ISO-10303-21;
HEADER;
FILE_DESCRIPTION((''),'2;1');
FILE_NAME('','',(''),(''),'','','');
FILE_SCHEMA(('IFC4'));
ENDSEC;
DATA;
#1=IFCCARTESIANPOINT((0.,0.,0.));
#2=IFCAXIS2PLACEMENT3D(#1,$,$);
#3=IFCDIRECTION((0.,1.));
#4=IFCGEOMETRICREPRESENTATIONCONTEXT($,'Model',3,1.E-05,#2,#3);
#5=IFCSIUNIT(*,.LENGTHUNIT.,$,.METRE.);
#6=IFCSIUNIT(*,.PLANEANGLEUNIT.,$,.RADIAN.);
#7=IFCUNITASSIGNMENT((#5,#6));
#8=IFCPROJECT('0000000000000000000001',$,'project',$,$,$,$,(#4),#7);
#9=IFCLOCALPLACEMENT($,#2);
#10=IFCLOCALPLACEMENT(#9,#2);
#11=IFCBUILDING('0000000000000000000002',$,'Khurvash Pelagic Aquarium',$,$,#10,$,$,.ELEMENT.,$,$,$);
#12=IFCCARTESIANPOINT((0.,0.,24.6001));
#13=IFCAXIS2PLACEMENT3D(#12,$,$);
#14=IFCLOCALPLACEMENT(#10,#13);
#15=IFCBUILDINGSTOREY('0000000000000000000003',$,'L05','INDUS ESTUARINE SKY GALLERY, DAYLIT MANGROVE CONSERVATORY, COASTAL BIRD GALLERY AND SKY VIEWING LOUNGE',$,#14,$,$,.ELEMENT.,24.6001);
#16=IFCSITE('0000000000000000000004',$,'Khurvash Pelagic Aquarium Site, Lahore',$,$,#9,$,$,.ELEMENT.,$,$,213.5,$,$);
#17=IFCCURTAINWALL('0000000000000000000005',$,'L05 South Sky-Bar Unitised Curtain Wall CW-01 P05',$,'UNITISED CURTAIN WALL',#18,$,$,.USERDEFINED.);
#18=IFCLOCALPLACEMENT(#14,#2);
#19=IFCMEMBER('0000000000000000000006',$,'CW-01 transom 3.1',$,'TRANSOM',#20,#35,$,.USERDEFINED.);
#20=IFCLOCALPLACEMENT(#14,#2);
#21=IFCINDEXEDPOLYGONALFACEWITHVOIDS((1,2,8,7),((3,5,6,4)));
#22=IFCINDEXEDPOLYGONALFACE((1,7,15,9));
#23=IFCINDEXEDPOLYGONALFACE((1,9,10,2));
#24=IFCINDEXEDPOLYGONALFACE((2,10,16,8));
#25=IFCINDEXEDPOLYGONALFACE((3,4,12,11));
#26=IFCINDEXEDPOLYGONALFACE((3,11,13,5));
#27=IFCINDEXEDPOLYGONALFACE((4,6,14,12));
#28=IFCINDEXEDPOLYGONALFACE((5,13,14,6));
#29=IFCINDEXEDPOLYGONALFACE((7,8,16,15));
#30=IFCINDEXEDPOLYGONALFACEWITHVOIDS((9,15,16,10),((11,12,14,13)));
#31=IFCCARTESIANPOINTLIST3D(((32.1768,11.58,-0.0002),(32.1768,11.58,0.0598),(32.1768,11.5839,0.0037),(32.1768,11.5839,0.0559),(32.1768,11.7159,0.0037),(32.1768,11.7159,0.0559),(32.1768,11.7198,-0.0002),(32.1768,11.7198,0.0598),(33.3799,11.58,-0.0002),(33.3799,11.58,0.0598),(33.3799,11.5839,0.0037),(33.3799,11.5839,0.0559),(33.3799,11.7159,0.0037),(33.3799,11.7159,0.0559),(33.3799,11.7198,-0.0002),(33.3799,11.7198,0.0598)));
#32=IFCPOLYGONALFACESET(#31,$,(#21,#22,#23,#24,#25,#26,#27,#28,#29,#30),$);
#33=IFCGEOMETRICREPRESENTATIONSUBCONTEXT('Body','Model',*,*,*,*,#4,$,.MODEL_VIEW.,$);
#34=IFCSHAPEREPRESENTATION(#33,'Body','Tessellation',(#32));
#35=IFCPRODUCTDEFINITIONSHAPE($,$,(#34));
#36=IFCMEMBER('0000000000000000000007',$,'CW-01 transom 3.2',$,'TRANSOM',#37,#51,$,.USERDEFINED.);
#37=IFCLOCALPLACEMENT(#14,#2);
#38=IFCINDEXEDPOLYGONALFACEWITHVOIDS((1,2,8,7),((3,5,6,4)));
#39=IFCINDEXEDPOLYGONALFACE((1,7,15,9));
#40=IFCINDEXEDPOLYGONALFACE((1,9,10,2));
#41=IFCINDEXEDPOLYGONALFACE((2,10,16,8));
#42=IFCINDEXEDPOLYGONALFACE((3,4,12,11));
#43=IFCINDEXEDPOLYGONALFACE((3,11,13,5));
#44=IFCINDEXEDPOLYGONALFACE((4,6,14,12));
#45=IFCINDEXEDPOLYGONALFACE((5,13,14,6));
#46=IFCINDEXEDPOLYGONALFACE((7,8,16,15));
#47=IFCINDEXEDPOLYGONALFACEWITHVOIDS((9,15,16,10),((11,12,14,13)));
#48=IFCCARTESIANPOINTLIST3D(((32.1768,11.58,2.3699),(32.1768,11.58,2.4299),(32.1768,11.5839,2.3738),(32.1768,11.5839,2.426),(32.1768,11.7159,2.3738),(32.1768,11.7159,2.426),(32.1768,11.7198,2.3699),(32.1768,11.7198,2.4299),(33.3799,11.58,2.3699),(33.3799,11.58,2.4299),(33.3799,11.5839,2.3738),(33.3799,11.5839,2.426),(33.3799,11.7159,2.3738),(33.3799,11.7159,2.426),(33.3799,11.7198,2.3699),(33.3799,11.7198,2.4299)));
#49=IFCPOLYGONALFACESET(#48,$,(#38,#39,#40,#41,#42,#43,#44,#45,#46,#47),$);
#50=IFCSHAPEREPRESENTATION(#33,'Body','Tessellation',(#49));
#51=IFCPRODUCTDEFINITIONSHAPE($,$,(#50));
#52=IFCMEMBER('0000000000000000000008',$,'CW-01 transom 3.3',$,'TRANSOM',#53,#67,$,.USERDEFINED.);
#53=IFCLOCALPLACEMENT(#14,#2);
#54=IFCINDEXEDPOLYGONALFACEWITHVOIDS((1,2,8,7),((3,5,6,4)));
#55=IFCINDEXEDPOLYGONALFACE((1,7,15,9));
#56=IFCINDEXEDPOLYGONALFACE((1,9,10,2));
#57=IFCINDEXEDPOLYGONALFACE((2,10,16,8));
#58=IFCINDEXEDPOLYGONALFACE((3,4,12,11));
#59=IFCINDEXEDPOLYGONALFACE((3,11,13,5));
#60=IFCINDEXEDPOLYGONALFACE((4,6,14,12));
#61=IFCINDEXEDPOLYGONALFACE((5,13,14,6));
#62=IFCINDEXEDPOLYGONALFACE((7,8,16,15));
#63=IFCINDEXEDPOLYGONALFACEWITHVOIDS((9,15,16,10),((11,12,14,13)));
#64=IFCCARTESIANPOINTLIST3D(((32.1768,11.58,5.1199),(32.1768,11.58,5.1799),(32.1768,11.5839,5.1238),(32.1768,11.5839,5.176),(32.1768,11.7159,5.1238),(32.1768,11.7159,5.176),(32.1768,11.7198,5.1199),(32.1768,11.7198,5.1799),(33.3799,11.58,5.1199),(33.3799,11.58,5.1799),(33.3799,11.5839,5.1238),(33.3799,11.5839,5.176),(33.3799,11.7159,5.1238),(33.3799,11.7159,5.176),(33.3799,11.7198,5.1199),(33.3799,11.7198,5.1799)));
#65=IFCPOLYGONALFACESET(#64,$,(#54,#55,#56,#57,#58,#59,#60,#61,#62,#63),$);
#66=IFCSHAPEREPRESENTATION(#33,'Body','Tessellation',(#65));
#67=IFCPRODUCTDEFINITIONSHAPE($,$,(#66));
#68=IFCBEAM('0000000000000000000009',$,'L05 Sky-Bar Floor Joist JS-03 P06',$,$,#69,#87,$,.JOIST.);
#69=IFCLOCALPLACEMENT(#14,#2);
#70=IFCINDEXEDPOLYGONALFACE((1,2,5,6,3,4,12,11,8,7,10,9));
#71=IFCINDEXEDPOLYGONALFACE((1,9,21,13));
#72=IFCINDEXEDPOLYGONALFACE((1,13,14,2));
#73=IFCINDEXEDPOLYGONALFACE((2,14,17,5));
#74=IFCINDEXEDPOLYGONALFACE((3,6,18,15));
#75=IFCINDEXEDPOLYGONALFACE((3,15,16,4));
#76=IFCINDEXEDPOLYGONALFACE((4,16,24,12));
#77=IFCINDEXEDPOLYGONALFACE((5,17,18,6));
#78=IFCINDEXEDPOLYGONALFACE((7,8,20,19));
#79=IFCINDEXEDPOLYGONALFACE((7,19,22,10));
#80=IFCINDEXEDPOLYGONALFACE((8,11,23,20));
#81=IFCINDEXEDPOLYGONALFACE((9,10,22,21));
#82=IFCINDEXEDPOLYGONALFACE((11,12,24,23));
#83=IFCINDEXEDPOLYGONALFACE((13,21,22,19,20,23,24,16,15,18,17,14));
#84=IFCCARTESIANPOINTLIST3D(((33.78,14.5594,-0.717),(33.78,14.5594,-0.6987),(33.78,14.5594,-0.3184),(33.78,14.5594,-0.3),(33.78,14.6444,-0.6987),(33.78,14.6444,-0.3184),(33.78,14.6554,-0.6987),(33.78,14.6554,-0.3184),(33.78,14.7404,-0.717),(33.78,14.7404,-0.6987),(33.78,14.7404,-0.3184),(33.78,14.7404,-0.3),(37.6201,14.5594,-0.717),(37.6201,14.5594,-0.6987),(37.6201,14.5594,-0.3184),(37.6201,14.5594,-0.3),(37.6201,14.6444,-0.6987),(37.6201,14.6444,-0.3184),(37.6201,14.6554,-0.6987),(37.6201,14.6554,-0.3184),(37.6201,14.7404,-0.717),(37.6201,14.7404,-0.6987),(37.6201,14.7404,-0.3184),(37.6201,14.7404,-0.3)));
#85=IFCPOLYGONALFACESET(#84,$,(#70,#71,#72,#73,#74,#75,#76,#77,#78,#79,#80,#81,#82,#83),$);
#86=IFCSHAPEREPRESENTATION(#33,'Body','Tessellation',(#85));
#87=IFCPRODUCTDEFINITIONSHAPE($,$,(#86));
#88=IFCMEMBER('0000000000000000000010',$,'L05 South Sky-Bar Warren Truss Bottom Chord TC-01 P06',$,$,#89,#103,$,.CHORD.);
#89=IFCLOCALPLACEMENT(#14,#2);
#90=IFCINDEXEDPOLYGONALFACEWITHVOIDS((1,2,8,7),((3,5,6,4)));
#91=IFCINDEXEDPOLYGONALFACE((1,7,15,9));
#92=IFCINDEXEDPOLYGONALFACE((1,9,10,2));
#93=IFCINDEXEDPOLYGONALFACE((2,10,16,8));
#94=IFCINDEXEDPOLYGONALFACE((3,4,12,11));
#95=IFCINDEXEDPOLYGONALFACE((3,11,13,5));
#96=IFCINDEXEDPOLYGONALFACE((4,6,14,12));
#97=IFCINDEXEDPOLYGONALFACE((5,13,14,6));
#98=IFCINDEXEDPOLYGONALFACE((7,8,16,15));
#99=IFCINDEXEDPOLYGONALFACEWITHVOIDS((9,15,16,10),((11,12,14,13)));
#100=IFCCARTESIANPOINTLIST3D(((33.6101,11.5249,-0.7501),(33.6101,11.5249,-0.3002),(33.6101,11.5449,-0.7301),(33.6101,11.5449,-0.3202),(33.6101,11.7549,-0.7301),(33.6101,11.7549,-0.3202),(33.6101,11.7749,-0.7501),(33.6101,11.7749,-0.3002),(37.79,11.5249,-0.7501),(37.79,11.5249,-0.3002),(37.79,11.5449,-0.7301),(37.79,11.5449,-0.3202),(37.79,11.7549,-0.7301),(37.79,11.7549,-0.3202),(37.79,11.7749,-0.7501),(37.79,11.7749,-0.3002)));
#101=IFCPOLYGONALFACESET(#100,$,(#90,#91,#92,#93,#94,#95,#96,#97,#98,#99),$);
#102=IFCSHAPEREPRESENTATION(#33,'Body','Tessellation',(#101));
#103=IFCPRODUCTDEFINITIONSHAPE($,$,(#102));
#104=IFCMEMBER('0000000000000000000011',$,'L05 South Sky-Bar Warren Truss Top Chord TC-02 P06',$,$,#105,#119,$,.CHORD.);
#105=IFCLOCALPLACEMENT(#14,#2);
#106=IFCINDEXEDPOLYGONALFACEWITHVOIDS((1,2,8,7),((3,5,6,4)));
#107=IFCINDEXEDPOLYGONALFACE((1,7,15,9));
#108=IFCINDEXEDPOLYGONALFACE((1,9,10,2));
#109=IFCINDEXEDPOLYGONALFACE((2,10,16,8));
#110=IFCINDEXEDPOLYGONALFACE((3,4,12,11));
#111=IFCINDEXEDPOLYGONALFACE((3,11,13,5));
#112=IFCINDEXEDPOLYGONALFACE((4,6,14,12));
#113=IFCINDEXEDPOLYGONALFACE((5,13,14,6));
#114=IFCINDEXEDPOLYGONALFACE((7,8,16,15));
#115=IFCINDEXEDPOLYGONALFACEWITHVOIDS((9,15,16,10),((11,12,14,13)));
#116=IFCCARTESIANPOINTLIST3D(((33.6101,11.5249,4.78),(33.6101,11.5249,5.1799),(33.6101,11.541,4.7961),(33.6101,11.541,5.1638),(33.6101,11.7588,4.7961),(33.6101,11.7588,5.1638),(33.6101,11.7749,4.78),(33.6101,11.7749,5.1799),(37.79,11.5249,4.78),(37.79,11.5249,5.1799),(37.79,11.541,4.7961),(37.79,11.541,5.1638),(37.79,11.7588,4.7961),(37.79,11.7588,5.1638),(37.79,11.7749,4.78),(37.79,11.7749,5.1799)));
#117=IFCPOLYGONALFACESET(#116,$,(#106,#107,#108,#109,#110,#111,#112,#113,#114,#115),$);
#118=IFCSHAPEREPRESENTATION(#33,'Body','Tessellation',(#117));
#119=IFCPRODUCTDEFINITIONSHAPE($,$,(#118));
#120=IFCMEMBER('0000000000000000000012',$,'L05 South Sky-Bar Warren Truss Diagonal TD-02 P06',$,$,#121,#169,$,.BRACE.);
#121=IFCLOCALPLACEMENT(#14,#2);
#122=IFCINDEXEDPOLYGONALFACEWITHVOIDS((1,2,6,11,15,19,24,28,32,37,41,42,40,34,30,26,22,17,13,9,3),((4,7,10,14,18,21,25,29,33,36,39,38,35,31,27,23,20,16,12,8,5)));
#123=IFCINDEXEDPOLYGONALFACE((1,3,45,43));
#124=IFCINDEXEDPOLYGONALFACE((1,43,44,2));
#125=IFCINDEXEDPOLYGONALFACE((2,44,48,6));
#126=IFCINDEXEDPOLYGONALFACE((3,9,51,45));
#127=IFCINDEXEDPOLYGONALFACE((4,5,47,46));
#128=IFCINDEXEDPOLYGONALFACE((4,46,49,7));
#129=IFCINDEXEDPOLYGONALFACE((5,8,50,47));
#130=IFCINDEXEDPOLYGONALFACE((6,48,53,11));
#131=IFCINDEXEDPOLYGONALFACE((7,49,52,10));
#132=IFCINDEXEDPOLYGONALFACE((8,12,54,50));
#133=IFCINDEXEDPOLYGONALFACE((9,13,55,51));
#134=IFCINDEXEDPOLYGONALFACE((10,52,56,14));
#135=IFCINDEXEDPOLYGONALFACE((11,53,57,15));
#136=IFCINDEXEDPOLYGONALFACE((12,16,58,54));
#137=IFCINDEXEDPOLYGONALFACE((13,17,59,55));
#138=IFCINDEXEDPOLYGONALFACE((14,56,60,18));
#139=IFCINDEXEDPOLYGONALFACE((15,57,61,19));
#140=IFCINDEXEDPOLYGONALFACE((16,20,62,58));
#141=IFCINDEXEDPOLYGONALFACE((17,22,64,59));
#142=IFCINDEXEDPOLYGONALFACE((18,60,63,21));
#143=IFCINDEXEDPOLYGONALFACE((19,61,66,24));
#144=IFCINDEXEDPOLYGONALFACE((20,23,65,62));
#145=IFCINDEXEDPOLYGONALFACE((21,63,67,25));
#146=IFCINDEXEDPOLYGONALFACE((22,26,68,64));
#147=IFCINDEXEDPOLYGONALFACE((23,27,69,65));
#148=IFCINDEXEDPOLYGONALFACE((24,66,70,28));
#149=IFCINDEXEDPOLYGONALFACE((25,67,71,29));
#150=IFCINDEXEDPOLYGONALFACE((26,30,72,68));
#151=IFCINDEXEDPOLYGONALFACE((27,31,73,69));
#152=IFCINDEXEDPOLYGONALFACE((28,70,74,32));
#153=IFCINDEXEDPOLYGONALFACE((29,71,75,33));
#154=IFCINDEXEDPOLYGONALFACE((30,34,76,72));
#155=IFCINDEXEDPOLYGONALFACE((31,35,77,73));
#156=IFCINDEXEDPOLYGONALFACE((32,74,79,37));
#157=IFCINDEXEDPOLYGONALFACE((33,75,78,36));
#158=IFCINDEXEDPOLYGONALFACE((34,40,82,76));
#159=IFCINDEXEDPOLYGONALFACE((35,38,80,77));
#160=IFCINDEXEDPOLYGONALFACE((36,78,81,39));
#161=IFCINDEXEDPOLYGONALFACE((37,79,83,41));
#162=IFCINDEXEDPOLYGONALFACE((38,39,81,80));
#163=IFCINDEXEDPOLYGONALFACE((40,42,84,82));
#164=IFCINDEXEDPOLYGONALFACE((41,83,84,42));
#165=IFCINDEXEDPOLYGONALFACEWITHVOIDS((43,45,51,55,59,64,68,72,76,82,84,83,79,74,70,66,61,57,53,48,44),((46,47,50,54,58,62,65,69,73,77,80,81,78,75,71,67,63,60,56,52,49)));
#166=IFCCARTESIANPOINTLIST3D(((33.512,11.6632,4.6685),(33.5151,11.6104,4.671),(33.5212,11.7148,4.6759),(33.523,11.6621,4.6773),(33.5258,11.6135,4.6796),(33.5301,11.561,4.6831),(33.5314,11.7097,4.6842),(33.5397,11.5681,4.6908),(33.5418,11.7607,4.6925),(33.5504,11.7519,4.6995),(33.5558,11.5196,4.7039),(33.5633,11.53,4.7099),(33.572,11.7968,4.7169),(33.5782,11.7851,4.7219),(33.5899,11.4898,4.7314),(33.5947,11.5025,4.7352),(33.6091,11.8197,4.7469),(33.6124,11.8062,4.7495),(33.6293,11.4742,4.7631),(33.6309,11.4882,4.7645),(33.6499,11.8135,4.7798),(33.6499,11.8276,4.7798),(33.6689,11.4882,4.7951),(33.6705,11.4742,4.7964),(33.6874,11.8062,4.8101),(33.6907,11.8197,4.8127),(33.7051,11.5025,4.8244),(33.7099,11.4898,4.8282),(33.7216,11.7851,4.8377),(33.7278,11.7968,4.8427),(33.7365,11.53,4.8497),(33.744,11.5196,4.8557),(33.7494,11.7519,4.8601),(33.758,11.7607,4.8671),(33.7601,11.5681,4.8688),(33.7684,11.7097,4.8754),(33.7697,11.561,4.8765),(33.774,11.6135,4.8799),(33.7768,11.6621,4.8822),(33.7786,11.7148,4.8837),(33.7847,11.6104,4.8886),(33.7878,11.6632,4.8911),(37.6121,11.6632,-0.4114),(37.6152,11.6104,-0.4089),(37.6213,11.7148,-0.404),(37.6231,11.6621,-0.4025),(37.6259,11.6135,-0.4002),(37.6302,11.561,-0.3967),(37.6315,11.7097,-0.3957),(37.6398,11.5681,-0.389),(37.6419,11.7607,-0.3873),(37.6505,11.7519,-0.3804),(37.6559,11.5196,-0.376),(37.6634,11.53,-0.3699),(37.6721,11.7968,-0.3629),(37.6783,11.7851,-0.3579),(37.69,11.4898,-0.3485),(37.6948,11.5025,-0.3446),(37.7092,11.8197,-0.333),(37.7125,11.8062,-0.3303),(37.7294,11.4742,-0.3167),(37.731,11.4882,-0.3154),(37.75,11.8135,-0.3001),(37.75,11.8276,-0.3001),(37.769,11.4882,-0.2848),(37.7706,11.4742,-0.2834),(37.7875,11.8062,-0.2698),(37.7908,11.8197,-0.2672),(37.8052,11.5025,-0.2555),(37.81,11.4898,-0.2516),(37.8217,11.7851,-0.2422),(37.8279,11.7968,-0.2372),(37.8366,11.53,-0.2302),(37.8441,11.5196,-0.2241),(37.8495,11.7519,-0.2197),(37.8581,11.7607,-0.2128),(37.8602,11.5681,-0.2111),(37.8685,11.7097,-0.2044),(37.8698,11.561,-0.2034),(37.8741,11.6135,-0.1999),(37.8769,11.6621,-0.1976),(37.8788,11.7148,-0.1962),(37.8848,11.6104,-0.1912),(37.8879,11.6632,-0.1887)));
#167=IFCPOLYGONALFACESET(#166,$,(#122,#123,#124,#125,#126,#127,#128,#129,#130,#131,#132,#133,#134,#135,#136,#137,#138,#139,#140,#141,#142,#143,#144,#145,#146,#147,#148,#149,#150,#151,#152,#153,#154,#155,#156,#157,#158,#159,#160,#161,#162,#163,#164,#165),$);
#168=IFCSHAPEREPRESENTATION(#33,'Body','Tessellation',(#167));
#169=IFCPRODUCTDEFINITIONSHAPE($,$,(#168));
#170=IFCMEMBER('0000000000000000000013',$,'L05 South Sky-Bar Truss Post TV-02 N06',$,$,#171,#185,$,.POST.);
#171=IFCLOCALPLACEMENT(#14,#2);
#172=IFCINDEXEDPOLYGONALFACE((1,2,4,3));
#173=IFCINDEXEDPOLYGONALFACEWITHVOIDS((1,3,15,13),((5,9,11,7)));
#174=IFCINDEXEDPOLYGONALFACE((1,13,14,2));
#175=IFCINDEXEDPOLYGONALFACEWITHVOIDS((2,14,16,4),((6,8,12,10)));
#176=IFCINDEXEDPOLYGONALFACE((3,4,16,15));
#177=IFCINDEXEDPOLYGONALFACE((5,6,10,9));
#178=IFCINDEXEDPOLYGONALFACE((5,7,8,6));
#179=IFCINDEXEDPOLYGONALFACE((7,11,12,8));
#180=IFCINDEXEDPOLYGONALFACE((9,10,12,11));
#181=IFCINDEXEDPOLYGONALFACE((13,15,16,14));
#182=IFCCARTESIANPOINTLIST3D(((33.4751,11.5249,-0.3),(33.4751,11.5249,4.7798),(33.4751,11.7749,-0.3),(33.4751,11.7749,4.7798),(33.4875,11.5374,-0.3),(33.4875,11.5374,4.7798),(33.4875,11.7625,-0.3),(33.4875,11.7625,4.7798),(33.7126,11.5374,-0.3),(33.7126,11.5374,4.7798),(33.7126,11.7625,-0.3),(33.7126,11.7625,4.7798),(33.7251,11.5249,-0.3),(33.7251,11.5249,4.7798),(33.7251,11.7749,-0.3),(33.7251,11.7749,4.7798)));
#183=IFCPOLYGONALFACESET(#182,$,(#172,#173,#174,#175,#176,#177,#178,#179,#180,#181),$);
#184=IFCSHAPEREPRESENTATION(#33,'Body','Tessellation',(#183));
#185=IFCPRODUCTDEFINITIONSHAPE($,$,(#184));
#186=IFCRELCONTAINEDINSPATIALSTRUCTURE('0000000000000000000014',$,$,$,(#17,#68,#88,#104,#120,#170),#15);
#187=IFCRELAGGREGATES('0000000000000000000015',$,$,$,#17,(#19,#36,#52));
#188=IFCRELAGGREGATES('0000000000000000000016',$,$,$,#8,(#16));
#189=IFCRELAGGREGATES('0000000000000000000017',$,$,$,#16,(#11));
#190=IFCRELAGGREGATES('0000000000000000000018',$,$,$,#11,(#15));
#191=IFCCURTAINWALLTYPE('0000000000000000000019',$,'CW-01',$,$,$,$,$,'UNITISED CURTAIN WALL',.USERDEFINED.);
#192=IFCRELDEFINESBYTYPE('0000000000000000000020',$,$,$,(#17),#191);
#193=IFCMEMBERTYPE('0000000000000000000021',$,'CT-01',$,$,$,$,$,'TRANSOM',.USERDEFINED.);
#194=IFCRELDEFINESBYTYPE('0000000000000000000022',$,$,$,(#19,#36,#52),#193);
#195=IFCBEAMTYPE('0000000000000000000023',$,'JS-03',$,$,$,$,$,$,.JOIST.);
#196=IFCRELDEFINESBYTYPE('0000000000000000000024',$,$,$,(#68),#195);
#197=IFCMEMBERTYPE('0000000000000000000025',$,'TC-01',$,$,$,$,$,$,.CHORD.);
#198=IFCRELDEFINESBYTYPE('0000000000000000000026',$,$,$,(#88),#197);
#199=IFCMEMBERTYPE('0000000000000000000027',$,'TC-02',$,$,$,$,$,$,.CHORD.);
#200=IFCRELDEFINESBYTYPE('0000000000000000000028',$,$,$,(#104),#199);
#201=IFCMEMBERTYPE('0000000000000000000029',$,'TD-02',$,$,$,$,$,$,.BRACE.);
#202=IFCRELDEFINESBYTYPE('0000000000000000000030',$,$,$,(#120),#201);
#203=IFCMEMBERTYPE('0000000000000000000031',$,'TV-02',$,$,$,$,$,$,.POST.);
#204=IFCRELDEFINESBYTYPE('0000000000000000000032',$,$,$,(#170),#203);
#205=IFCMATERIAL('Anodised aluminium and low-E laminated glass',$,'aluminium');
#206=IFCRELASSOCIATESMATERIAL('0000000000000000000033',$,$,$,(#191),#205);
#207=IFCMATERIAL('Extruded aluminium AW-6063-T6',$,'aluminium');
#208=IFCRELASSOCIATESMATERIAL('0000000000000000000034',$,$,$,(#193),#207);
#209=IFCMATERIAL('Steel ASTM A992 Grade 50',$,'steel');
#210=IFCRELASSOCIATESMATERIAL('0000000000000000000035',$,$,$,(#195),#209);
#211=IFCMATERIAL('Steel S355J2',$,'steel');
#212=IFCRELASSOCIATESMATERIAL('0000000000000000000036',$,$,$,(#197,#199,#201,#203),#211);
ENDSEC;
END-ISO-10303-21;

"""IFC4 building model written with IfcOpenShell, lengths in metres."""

from ifc_helpers import new_model, si_unit, direction, frame, origin, origin_2d, place, context, subcontext, project, spatial, hollow_rectangle, hollow_circle, i_section, extrude, material, material_profile, profile_set, type_object, element, aggregate, save


model = new_model("IFC4")

# Units and contexts
model_context = context("Model", 3, precision=1e-05, world=origin(), true_north=direction((0.0, 1.0)))
body_context = subcontext(model_context, "Body", "Model", "MODEL_VIEW")
ifc_project = project(units=[si_unit("LENGTHUNIT", "METRE"), si_unit("PLANEANGLEUNIT", "RADIAN")], contexts=[model_context])

# Site, building, storey
site_placement = place(None, origin())
site = spatial("IfcSite", under=ifc_project, at=site_placement, Name="Khurvash Pelagic Aquarium Site, Lahore", CompositionType="ELEMENT", RefElevation=213.5)
building_placement = place(site_placement, origin())
building = spatial("IfcBuilding", under=site, at=building_placement, Name="Khurvash Pelagic Aquarium", CompositionType="ELEMENT")
storey_placement = place(building_placement, frame((0.0, 0.0, 24.6001)))
storey = spatial("IfcBuildingStorey", under=building, at=storey_placement, Name="L05", Description="INDUS ESTUARINE SKY GALLERY, DAYLIT MANGROVE CONSERVATORY, COASTAL BIRD GALLERY AND SKY VIEWING LOUNGE", CompositionType="ELEMENT", Elevation=24.6001)

# Shared definitions
ifc_material_1 = material(Name="Steel ASTM A992 Grade 50", Category="steel")

# Curtain wall, members
ifc_material_2 = material(Name="Anodised aluminium and low-E laminated glass", Category="aluminium")
curtain_wall_type = type_object("IfcCurtainWallType", Name="CW-01", ElementType="UNITISED CURTAIN WALL", PredefinedType="USERDEFINED", material=ifc_material_2)
curtain_wall_placement = place(storey_placement, origin())
curtain_wall = element("IfcCurtainWall", 1, at=curtain_wall_placement, inside=storey, type_object=curtain_wall_type, Name="L05 South Sky-Bar Unitised Curtain Wall CW-01 P05", ObjectType="UNITISED CURTAIN WALL", PredefinedType="USERDEFINED")
ifc_material_3 = material(Name="Extruded aluminium AW-6063-T6", Category="aluminium")
ifc_material_profile_1 = material_profile(ifc_material_3, hollow_rectangle(XDim=0.1399, YDim=0.0601, WallThickness=0.0039, at=origin_2d()), Name="CWT140X60X4")
ifc_profile_set_1 = profile_set([ifc_material_profile_1], Name="Extruded aluminium AW-6063-T6")
member_type_1 = type_object("IfcMemberType", Name="CT-01", ElementType="TRANSOM", PredefinedType="USERDEFINED", material=ifc_profile_set_1)
member_1_placement = place(storey_placement, frame((32.1768, 11.6499, 0.0298), z_axis=(1.0, 0.0, 0.0), x_axis=(0.0, 1.0, 0.0)))
member_1 = element("IfcMember", 2, at=member_1_placement, type_object=member_type_1, Name="CW-01 transom 3.1", ObjectType="TRANSOM", PredefinedType="USERDEFINED", context=body_context, shape_type="SweptSolid", body=[
    extrude(hollow_rectangle(XDim=0.1399, YDim=0.0601, WallThickness=0.0039, at=origin_2d()), origin(), (0.0, 0.0, 1.0), 1.2031),
])
member_2_placement = place(storey_placement, frame((32.1768, 11.6499, 2.3999), z_axis=(1.0, 0.0, 0.0), x_axis=(0.0, 1.0, 0.0)))
member_2 = element("IfcMember", 3, at=member_2_placement, type_object=member_type_1, Name="CW-01 transom 3.2", ObjectType="TRANSOM", PredefinedType="USERDEFINED", context=body_context, shape_type="SweptSolid", body=[
    extrude(hollow_rectangle(XDim=0.1399, YDim=0.0601, WallThickness=0.0039, at=origin_2d()), origin(), (0.0, 0.0, 1.0), 1.2031),
])
member_3_placement = place(storey_placement, frame((32.1768, 11.6499, 5.1499), z_axis=(1.0, 0.0, 0.0), x_axis=(0.0, 1.0, 0.0)))
member_3 = element("IfcMember", 4, at=member_3_placement, type_object=member_type_1, Name="CW-01 transom 3.3", ObjectType="TRANSOM", PredefinedType="USERDEFINED", context=body_context, shape_type="SweptSolid", body=[
    extrude(hollow_rectangle(XDim=0.1399, YDim=0.0601, WallThickness=0.0039, at=origin_2d()), origin(), (0.0, 0.0, 1.0), 1.2031),
])

# Beam
ifc_material_profile_2 = material_profile(ifc_material_1, i_section(OverallWidth=0.1809, OverallDepth=0.417, WebThickness=0.011, FlangeThickness=0.0183, at=origin_2d()), Name="W16X57")
ifc_profile_set_2 = profile_set([ifc_material_profile_2], Name="Steel ASTM A992 Grade 50")
beam_type_1 = type_object("IfcBeamType", Name="JS-03", PredefinedType="JOIST", material=ifc_profile_set_2)
beam_1_placement = place(storey_placement, frame((33.78, 14.6499, -0.5085), z_axis=(1.0, 0.0, 0.0), x_axis=(0.0, 1.0, 0.0)))
element("IfcBeam", 5, at=beam_1_placement, inside=storey, type_object=beam_type_1, Name="L05 Sky-Bar Floor Joist JS-03 P06", PredefinedType="JOIST", context=body_context, shape_type="SweptSolid", body=[
    extrude(i_section(OverallWidth=0.1809, OverallDepth=0.417, WebThickness=0.011, FlangeThickness=0.0183, at=origin_2d()), origin(), (0.0, 0.0, 1.0), 3.8401),
])

# Members
ifc_material_4 = material(Name="Steel S355J2", Category="steel")
ifc_material_profile_3 = material_profile(ifc_material_4, hollow_rectangle(XDim=0.25, YDim=0.45, WallThickness=0.02, at=origin_2d()), Name="RHS450X250X20")
ifc_profile_set_3 = profile_set([ifc_material_profile_3], Name="Steel S355J2")
member_type_2 = type_object("IfcMemberType", Name="TC-01", PredefinedType="CHORD", material=ifc_profile_set_3)
member_4_placement = place(storey_placement, frame((33.6101, 11.6499, -0.5251), z_axis=(1.0, 0.0, 0.0), x_axis=(0.0, 1.0, 0.0)))
element("IfcMember", 6, at=member_4_placement, inside=storey, type_object=member_type_2, Name="L05 South Sky-Bar Warren Truss Bottom Chord TC-01 P06", PredefinedType="CHORD", context=body_context, shape_type="SweptSolid", body=[
    extrude(hollow_rectangle(XDim=0.25, YDim=0.45, WallThickness=0.02, at=origin_2d()), origin(), (0.0, 0.0, 1.0), 4.1799),
])
ifc_material_profile_4 = material_profile(ifc_material_4, hollow_rectangle(XDim=0.25, YDim=0.3999, WallThickness=0.0161, at=origin_2d()), Name="RHS400X250X16")
ifc_profile_set_4 = profile_set([ifc_material_profile_4], Name="Steel S355J2")
member_type_3 = type_object("IfcMemberType", Name="TC-02", PredefinedType="CHORD", material=ifc_profile_set_4)
member_5_placement = place(storey_placement, frame((33.6101, 11.6499, 4.98), z_axis=(1.0, 0.0, 0.0), x_axis=(0.0, 1.0, 0.0)))
element("IfcMember", 7, at=member_5_placement, inside=storey, type_object=member_type_3, Name="L05 South Sky-Bar Warren Truss Top Chord TC-02 P06", PredefinedType="CHORD", context=body_context, shape_type="SweptSolid", body=[
    extrude(hollow_rectangle(XDim=0.25, YDim=0.3999, WallThickness=0.0161, at=origin_2d()), origin(), (0.0, 0.0, 1.0), 4.1799),
])
ifc_material_profile_5 = material_profile(ifc_material_4, hollow_circle(Radius=0.1777, WallThickness=0.0142, at=origin_2d()), Name="CHS355X14")
ifc_profile_set_5 = profile_set([ifc_material_profile_5], Name="Steel S355J2")
member_type_4 = type_object("IfcMemberType", Name="TD-02", PredefinedType="BRACE", material=ifc_profile_set_5)
member_6_placement = place(storey_placement, frame((33.6499, 11.6499, 4.7798), z_axis=(0.628073, 0.0, -0.778154), x_axis=(0.0, 1.0, 0.0)))
element("IfcMember", 8, at=member_6_placement, inside=storey, type_object=member_type_4, Name="L05 South Sky-Bar Warren Truss Diagonal TD-02 P06", PredefinedType="BRACE", context=body_context, shape_type="SweptSolid", body=[
    extrude(hollow_circle(Radius=0.1777, WallThickness=0.0142, at=origin_2d()), origin(), (0.0, 0.0, 1.0), 6.5281),
])
ifc_material_profile_6 = material_profile(ifc_material_4, hollow_rectangle(XDim=0.25, YDim=0.25, WallThickness=0.0125, at=origin_2d()), Name="SHS250X250X12")
ifc_profile_set_6 = profile_set([ifc_material_profile_6], Name="Steel S355J2")
member_type_5 = type_object("IfcMemberType", Name="TV-02", PredefinedType="POST", material=ifc_profile_set_6)
member_7_placement = place(storey_placement, frame((33.6001, 11.6499, -0.3), z_axis=(0.0, 0.0, 1.0), x_axis=(1.0, 0.0, 0.0)))
element("IfcMember", 9, at=member_7_placement, inside=storey, type_object=member_type_5, Name="L05 South Sky-Bar Truss Post TV-02 N06", PredefinedType="POST", context=body_context, shape_type="SweptSolid", body=[
    extrude(hollow_rectangle(XDim=0.25, YDim=0.25, WallThickness=0.0125, at=origin_2d()), origin(), (0.0, 0.0, 1.0), 5.0798),
])

aggregate(curtain_wall, [member_1, member_2, member_3])

save(model, "model.ifc")
